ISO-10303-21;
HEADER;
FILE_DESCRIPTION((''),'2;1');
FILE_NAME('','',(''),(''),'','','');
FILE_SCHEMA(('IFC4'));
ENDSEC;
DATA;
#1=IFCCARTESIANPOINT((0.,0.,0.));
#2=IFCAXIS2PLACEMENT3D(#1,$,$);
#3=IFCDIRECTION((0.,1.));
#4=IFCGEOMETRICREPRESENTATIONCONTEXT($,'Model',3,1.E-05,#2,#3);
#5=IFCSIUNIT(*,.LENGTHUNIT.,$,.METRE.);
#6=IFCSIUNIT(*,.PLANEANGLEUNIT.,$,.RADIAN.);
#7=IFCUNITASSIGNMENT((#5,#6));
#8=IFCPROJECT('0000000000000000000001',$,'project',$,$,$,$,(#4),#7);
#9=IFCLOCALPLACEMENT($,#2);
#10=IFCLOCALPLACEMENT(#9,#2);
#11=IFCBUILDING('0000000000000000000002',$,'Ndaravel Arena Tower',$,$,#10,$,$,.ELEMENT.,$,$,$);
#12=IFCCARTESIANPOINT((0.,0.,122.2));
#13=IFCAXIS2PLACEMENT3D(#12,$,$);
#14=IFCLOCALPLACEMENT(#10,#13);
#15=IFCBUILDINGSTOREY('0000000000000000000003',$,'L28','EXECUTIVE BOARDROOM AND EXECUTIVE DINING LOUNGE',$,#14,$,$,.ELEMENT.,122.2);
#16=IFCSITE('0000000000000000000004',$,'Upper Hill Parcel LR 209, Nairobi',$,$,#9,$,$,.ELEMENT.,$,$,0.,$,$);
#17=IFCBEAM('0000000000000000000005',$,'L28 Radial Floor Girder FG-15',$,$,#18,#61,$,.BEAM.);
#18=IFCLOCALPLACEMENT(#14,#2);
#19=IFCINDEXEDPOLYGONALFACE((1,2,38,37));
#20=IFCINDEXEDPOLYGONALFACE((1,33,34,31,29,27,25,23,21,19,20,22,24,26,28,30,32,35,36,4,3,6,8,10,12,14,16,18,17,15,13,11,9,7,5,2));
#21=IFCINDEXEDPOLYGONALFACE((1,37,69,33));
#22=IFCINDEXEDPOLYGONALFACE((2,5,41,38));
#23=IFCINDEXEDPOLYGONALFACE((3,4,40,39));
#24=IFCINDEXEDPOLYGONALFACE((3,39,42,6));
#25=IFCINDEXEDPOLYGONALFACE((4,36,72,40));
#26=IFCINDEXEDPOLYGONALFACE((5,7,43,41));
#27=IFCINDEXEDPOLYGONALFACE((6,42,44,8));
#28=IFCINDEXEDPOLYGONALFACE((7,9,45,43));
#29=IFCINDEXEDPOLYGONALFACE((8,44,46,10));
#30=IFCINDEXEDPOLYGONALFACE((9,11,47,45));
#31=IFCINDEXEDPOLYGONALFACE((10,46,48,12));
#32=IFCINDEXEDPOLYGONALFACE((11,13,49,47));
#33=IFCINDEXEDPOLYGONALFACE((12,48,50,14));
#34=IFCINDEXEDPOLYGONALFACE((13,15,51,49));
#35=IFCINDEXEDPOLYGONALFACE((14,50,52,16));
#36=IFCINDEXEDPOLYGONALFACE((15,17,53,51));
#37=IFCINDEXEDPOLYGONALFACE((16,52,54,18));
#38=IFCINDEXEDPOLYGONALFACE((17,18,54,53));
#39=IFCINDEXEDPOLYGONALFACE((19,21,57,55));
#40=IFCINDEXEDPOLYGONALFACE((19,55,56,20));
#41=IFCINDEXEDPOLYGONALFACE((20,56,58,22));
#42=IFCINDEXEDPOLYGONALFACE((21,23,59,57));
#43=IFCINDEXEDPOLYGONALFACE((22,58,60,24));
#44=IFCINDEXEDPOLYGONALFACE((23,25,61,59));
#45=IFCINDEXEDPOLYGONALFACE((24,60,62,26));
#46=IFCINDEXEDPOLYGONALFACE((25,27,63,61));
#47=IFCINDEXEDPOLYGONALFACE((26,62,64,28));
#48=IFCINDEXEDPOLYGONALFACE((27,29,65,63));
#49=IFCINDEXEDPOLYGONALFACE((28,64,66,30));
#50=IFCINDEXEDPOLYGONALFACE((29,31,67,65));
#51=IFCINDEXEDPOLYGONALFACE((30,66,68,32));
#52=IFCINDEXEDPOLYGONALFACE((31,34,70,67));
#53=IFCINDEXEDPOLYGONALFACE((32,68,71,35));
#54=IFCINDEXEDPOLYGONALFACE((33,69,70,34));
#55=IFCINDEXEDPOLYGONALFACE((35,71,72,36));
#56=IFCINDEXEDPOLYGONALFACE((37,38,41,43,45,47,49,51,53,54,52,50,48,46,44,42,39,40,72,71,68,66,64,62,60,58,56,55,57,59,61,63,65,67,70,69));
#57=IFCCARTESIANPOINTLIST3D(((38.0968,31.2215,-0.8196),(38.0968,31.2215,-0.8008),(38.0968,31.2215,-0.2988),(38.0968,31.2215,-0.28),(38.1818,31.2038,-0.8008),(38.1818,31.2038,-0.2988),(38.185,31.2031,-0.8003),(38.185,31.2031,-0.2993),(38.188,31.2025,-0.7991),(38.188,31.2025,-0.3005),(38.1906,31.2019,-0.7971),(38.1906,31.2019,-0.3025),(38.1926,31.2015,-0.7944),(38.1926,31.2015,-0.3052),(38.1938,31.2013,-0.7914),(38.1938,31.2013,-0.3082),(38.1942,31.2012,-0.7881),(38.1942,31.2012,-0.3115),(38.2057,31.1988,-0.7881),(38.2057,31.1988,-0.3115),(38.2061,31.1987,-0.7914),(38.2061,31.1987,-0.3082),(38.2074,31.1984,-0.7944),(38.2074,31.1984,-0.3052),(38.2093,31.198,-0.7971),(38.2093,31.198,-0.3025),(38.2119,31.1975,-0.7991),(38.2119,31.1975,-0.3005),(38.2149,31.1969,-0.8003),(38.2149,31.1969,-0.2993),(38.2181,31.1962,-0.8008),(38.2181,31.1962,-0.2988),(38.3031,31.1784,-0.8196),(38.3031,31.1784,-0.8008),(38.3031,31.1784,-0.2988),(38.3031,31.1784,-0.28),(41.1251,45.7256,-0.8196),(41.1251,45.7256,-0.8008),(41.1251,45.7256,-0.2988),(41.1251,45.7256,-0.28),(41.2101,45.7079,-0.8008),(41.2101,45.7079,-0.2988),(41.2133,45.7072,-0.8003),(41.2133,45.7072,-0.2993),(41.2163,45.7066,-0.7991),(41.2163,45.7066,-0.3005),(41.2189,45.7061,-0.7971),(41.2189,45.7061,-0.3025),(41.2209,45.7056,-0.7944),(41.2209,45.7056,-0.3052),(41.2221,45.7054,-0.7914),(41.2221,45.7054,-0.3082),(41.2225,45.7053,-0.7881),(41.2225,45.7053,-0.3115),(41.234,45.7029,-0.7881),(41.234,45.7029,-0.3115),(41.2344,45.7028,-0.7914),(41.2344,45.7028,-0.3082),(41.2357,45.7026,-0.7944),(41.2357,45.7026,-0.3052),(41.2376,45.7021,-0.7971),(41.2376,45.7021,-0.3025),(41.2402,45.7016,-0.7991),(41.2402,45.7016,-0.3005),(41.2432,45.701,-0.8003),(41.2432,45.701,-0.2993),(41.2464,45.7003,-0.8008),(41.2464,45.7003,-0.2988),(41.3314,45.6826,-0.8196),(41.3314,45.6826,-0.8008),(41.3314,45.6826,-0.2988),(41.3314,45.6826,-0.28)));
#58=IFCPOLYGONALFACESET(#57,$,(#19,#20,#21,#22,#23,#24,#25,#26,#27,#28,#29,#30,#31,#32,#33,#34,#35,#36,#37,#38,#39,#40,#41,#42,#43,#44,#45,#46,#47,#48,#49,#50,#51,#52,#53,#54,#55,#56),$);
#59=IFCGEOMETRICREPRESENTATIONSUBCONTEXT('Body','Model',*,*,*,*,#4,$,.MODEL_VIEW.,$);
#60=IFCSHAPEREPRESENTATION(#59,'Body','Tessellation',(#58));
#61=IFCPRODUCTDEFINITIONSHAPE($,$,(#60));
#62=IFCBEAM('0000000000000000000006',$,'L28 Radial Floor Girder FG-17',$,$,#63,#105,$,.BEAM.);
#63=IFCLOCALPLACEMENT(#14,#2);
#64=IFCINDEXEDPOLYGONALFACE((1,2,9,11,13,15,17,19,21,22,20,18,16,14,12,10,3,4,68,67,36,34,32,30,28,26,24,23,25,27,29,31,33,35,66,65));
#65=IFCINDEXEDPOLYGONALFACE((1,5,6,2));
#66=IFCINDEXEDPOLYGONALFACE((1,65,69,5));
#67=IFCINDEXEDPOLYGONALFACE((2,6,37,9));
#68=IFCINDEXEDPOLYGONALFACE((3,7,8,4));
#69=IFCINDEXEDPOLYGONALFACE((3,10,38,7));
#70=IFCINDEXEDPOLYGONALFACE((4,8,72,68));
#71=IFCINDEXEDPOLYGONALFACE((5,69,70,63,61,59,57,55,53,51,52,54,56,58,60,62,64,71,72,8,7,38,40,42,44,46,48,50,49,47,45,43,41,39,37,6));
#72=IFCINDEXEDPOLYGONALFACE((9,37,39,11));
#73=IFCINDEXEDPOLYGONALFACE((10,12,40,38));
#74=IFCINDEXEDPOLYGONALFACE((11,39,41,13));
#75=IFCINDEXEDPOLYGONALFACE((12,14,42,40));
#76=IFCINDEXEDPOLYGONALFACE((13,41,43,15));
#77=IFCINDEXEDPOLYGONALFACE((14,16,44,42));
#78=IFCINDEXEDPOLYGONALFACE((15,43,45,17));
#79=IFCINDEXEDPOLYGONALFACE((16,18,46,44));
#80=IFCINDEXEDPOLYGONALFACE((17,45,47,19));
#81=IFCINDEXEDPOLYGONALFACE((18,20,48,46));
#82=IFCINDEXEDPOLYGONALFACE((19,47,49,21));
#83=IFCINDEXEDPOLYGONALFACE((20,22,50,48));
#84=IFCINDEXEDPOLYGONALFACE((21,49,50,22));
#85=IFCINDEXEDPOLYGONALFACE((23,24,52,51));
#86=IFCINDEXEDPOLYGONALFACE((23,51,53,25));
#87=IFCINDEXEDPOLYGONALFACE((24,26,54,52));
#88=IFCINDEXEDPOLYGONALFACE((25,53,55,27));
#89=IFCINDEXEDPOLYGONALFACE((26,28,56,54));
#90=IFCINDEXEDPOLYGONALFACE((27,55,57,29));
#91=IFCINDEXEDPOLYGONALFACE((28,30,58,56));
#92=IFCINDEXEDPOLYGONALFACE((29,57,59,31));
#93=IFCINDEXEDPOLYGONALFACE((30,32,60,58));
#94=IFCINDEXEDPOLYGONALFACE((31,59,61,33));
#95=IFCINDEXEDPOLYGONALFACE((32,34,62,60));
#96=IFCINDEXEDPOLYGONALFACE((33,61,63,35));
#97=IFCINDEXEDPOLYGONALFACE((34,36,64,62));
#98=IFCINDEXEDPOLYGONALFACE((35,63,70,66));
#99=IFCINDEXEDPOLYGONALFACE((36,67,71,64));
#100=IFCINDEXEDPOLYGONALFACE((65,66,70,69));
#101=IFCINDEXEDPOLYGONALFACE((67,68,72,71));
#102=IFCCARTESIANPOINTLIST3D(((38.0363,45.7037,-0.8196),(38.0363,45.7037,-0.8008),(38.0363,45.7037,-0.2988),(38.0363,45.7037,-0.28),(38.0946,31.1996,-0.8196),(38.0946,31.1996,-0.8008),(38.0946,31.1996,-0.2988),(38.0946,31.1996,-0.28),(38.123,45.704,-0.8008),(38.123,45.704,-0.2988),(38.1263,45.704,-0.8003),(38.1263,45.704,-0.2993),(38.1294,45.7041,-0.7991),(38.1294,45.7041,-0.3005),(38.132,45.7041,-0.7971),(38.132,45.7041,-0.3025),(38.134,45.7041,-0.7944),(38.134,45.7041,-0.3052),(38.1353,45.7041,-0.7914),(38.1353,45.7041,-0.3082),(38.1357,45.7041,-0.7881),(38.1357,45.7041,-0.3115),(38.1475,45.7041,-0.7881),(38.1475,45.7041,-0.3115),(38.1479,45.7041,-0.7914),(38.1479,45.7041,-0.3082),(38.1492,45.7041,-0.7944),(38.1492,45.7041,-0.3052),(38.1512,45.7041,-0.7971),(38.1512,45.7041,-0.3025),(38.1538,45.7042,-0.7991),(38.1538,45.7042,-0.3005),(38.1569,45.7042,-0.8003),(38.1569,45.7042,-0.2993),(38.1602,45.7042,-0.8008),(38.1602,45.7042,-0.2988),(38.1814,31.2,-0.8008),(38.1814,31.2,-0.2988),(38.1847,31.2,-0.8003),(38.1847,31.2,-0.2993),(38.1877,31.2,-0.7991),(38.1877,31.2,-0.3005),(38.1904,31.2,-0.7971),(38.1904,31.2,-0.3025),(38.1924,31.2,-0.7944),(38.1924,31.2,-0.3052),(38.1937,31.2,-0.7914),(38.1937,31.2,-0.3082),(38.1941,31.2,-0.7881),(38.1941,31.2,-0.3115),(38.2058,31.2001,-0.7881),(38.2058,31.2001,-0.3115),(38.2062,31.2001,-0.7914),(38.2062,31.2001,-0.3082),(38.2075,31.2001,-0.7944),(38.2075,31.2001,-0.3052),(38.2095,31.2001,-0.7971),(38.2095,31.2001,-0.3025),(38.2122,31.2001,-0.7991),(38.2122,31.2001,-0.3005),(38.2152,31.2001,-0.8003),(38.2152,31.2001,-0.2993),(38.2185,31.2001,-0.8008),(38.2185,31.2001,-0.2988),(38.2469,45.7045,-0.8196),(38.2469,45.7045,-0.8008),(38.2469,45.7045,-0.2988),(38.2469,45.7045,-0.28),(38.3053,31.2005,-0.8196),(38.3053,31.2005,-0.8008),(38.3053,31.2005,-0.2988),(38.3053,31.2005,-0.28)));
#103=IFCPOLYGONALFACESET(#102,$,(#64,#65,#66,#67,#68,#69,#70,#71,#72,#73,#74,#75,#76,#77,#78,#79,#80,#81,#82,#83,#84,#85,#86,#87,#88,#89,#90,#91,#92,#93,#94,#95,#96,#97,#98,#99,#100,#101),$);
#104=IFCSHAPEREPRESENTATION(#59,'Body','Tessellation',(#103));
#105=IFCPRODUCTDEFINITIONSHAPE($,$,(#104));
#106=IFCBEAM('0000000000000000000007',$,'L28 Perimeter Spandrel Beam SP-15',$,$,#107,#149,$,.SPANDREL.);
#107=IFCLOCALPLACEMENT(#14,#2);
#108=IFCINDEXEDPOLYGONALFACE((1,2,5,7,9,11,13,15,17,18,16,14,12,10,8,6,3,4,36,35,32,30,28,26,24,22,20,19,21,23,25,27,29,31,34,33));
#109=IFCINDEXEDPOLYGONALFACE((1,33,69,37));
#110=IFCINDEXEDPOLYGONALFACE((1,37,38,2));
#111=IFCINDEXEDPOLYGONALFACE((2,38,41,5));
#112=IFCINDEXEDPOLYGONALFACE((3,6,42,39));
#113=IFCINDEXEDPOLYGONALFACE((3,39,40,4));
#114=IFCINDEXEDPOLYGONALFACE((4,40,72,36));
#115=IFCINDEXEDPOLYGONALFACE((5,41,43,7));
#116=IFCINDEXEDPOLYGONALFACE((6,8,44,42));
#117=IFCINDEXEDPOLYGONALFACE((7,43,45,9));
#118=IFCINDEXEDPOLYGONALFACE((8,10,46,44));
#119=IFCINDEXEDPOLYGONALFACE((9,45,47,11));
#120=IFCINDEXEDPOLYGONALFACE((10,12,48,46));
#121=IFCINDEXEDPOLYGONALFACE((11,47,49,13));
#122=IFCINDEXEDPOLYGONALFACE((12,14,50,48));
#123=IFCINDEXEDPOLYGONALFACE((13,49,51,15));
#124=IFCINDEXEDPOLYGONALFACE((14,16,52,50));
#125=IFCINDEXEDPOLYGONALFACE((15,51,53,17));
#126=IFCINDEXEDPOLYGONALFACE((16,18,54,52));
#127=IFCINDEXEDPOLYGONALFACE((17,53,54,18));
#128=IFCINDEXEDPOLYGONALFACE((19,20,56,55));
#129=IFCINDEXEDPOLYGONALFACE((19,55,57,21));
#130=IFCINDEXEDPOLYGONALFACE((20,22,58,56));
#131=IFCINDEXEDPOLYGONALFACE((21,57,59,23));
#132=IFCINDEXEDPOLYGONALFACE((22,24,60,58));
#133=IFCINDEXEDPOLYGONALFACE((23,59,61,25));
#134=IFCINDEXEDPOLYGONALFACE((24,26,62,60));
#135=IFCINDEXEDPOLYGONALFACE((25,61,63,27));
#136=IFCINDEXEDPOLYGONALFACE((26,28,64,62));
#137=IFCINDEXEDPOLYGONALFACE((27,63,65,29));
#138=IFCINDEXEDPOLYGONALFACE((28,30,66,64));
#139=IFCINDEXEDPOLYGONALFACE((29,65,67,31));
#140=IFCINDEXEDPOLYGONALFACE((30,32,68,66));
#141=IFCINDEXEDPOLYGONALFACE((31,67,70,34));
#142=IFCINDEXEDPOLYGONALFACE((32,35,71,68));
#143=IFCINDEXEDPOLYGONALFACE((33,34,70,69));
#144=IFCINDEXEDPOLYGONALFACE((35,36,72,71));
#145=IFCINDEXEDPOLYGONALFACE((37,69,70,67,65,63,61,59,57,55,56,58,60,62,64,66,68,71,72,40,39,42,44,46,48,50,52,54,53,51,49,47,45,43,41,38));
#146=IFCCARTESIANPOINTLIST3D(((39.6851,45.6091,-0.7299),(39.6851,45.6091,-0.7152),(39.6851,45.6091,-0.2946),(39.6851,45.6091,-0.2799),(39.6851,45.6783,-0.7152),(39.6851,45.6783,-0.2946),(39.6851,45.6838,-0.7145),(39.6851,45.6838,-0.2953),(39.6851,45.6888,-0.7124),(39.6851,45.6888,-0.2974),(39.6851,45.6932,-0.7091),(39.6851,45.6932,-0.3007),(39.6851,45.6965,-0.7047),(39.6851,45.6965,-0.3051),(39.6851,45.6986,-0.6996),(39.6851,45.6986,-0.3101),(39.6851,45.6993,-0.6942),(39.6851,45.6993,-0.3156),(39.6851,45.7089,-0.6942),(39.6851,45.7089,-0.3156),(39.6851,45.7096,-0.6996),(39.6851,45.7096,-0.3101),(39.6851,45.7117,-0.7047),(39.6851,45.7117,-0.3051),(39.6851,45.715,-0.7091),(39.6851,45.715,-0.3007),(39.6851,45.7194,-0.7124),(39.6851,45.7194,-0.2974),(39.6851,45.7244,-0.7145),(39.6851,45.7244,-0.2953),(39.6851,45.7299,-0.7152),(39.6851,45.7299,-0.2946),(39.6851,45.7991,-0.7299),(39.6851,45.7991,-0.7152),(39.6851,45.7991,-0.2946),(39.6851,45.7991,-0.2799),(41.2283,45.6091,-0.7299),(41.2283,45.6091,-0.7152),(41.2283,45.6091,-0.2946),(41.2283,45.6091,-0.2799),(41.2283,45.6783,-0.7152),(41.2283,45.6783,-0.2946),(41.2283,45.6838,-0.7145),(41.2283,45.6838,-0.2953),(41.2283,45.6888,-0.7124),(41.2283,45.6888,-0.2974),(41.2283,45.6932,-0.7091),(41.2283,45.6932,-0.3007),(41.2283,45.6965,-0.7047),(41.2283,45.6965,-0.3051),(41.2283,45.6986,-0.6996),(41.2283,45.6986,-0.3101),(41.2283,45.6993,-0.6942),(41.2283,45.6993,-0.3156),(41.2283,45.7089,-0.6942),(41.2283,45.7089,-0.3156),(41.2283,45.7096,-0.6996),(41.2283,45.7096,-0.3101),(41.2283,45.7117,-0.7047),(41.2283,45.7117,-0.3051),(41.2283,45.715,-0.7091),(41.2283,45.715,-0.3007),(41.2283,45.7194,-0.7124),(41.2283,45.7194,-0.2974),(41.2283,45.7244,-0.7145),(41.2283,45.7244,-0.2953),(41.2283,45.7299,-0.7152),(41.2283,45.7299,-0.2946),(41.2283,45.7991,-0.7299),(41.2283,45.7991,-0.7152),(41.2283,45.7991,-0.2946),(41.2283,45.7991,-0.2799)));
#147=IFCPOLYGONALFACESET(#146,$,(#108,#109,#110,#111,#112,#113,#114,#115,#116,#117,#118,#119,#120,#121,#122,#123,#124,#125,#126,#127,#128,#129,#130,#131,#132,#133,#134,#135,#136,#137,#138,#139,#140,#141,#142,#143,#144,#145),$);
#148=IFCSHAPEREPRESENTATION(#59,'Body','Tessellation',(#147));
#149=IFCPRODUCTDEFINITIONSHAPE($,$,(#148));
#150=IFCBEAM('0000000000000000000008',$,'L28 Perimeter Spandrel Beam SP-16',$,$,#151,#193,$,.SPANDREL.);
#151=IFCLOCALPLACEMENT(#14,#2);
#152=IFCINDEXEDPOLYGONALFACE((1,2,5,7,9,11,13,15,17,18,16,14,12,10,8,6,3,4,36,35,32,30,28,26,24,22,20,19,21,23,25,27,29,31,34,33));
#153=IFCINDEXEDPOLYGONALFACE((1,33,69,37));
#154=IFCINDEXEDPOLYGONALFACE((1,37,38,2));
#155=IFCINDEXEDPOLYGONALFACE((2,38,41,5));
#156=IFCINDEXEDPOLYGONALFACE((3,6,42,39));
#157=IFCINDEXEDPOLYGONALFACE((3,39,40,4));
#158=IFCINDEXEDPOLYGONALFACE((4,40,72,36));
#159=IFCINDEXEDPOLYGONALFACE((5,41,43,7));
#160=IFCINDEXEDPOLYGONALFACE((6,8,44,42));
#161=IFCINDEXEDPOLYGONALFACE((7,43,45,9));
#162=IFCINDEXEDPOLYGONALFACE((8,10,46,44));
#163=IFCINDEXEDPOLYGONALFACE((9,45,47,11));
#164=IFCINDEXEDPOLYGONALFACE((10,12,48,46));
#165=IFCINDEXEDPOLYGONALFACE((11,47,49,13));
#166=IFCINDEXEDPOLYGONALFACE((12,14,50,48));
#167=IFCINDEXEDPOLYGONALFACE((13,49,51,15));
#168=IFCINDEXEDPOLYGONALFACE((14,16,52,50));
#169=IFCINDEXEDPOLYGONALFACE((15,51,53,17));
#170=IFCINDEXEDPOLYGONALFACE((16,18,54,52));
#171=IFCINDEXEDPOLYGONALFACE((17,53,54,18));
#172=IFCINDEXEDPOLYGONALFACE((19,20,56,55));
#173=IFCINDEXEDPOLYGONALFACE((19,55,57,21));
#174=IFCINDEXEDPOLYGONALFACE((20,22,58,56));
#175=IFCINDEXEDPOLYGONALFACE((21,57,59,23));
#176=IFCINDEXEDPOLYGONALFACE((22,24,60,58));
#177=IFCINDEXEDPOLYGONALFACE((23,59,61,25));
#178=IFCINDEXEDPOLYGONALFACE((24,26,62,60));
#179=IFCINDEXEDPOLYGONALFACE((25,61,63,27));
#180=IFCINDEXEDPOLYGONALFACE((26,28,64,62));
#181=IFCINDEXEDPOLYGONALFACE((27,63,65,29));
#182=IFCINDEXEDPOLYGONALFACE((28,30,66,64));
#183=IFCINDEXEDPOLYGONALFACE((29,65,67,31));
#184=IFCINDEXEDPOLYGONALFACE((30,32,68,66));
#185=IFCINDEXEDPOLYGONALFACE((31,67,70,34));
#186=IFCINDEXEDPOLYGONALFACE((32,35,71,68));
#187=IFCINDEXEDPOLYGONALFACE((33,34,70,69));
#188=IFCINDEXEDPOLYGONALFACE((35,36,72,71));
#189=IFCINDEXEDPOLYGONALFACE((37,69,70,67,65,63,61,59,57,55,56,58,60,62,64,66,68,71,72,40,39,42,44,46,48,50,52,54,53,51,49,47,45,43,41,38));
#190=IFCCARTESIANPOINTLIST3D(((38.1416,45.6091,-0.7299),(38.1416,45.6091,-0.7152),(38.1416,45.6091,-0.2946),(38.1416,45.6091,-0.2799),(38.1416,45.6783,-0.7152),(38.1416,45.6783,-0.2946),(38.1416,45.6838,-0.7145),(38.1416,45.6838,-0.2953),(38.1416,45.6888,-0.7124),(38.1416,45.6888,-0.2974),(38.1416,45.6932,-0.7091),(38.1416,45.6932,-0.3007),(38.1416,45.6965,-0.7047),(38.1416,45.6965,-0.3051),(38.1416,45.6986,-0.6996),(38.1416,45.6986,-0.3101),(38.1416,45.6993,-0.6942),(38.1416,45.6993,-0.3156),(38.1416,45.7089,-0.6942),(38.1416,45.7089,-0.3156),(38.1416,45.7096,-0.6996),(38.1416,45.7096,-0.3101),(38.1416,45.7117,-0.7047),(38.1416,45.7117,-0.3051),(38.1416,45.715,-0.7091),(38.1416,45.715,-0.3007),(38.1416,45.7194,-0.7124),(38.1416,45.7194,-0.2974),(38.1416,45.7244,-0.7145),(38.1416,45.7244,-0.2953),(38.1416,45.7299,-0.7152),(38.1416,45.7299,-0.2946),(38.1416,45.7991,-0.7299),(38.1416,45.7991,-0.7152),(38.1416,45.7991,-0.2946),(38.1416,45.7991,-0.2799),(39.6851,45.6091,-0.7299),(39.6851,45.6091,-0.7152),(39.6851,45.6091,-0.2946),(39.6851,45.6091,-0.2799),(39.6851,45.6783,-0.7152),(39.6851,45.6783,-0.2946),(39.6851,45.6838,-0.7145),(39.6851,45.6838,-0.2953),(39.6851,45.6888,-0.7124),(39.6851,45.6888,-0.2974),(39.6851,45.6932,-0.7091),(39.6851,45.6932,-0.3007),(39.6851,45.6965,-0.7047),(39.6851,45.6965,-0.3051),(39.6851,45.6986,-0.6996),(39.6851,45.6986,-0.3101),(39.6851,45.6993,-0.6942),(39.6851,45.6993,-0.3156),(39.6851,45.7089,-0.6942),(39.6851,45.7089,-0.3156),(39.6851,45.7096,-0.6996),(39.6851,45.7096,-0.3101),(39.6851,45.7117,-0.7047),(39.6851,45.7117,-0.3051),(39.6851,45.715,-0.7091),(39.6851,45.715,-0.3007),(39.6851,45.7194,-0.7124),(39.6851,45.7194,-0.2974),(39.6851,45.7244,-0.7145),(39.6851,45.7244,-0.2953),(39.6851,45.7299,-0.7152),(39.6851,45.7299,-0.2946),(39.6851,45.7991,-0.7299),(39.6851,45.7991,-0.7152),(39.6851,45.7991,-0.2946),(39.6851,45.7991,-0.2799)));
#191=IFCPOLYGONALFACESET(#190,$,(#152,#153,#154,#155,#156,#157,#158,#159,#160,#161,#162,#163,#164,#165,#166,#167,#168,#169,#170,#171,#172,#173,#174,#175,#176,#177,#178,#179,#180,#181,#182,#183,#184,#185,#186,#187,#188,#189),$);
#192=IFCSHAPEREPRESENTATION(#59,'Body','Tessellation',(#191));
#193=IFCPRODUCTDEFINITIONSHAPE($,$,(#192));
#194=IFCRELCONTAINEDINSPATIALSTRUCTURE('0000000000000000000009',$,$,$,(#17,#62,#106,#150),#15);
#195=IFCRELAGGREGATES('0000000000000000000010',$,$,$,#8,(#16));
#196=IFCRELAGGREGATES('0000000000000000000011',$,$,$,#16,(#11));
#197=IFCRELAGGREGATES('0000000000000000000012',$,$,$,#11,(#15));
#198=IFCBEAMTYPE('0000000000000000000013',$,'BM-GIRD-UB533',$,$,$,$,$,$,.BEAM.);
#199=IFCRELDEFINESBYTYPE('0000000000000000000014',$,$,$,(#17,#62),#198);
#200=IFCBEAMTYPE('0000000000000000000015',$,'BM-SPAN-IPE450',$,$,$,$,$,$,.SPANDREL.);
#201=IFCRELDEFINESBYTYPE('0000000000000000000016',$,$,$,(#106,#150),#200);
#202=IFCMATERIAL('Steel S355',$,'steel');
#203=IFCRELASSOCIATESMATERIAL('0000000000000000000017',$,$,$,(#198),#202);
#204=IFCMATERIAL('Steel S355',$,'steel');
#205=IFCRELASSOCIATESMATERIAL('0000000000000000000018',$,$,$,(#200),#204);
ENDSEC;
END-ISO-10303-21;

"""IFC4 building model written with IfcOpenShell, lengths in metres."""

from ifc_helpers import new_model, si_unit, direction, frame, origin, origin_2d, place, context, subcontext, project, spatial, i_section, extrude, material, material_profile, profile_set, type_object, element, save


model = new_model("IFC4")

# Units and contexts
model_context = context("Model", 3, precision=1e-05, world=origin(), true_north=direction((0.0, 1.0)))
body_context = subcontext(model_context, "Body", "Model", "MODEL_VIEW")
ifc_project = project(units=[si_unit("LENGTHUNIT", "METRE"), si_unit("PLANEANGLEUNIT", "RADIAN")], contexts=[model_context])

# Site, building, storey
site_placement = place(None, origin())
site = spatial("IfcSite", under=ifc_project, at=site_placement, Name="Upper Hill Parcel LR 209, Nairobi", CompositionType="ELEMENT", RefElevation=0.0)
building_placement = place(site_placement, origin())
building = spatial("IfcBuilding", under=site, at=building_placement, Name="Ndaravel Arena Tower", CompositionType="ELEMENT")
storey_placement = place(building_placement, frame((0.0, 0.0, 122.2)))
storey = spatial("IfcBuildingStorey", under=building, at=storey_placement, Name="L28", Description="EXECUTIVE BOARDROOM AND EXECUTIVE DINING LOUNGE", CompositionType="ELEMENT", Elevation=122.2)

# Beams
ifc_material_1 = material(Name="Steel S355", Category="steel")
ifc_material_profile_1 = material_profile(ifc_material_1, i_section(OverallWidth=0.2107, OverallDepth=0.5396, WebThickness=0.0117, FlangeThickness=0.0188, FilletRadius=0.0127, at=origin_2d()), Name="UB 533x210x109")
ifc_profile_set_1 = profile_set([ifc_material_profile_1], Name="Steel S355")
beam_type_1 = type_object("IfcBeamType", Name="BM-GIRD-UB533", PredefinedType="BEAM", material=ifc_profile_set_1)
beam_1_placement = place(storey_placement, frame((41.2283, 45.7041, -0.5498), z_axis=(-0.204383, -0.978891, 0.0), x_axis=(0.978891, -0.204383, 0.0)))
element("IfcBeam", 1, at=beam_1_placement, inside=storey, type_object=beam_type_1, Name="L28 Radial Floor Girder FG-15", PredefinedType="BEAM", context=body_context, shape_type="SweptSolid", body=[
    extrude(i_section(OverallWidth=0.2107, OverallDepth=0.5396, WebThickness=0.0117, FlangeThickness=0.0188, FilletRadius=0.0127, at=origin_2d()), origin(), (0.0, 0.0, 1.0), 14.8169),
])
beam_2_placement = place(storey_placement, frame((38.1416, 45.7041, -0.5498), z_axis=(0.004023, -0.999992, 0.0), x_axis=(0.999992, 0.004023, 0.0)))
element("IfcBeam", 2, at=beam_2_placement, inside=storey, type_object=beam_type_1, Name="L28 Radial Floor Girder FG-17", PredefinedType="BEAM", context=body_context, shape_type="SweptSolid", body=[
    extrude(i_section(OverallWidth=0.2107, OverallDepth=0.5396, WebThickness=0.0117, FlangeThickness=0.0188, FilletRadius=0.0127, at=origin_2d()), origin(), (0.0, 0.0, 1.0), 14.5042),
])
ifc_material_2 = material(Name="Steel S355", Category="steel")
ifc_material_profile_2 = material_profile(ifc_material_2, i_section(OverallWidth=0.1899, OverallDepth=0.45, WebThickness=0.0095, FlangeThickness=0.0146, FilletRadius=0.021, at=origin_2d()), Name="IPE 450")
ifc_profile_set_2 = profile_set([ifc_material_profile_2], Name="Steel S355")
beam_type_2 = type_object("IfcBeamType", Name="BM-SPAN-IPE450", PredefinedType="SPANDREL", material=ifc_profile_set_2)
beam_3_placement = place(storey_placement, frame((41.2283, 45.7041, -0.5049), z_axis=(-1.0, 0.0, 0.0), x_axis=(0.0, -1.0, 0.0)))
element("IfcBeam", 3, at=beam_3_placement, inside=storey, type_object=beam_type_2, Name="L28 Perimeter Spandrel Beam SP-15", PredefinedType="SPANDREL", context=body_context, shape_type="SweptSolid", body=[
    extrude(i_section(OverallWidth=0.1899, OverallDepth=0.45, WebThickness=0.0095, FlangeThickness=0.0146, FilletRadius=0.021, at=origin_2d()), origin(), (0.0, 0.0, 1.0), 1.5432),
])
beam_4_placement = place(storey_placement, frame((39.6851, 45.7041, -0.5049), z_axis=(-1.0, 0.0, 0.0), x_axis=(0.0, -1.0, 0.0)))
element("IfcBeam", 4, at=beam_4_placement, inside=storey, type_object=beam_type_2, Name="L28 Perimeter Spandrel Beam SP-16", PredefinedType="SPANDREL", context=body_context, shape_type="SweptSolid", body=[
    extrude(i_section(OverallWidth=0.1899, OverallDepth=0.45, WebThickness=0.0095, FlangeThickness=0.0146, FilletRadius=0.021, at=origin_2d()), origin(), (0.0, 0.0, 1.0), 1.5435),
])

save(model, "model.ifc")
